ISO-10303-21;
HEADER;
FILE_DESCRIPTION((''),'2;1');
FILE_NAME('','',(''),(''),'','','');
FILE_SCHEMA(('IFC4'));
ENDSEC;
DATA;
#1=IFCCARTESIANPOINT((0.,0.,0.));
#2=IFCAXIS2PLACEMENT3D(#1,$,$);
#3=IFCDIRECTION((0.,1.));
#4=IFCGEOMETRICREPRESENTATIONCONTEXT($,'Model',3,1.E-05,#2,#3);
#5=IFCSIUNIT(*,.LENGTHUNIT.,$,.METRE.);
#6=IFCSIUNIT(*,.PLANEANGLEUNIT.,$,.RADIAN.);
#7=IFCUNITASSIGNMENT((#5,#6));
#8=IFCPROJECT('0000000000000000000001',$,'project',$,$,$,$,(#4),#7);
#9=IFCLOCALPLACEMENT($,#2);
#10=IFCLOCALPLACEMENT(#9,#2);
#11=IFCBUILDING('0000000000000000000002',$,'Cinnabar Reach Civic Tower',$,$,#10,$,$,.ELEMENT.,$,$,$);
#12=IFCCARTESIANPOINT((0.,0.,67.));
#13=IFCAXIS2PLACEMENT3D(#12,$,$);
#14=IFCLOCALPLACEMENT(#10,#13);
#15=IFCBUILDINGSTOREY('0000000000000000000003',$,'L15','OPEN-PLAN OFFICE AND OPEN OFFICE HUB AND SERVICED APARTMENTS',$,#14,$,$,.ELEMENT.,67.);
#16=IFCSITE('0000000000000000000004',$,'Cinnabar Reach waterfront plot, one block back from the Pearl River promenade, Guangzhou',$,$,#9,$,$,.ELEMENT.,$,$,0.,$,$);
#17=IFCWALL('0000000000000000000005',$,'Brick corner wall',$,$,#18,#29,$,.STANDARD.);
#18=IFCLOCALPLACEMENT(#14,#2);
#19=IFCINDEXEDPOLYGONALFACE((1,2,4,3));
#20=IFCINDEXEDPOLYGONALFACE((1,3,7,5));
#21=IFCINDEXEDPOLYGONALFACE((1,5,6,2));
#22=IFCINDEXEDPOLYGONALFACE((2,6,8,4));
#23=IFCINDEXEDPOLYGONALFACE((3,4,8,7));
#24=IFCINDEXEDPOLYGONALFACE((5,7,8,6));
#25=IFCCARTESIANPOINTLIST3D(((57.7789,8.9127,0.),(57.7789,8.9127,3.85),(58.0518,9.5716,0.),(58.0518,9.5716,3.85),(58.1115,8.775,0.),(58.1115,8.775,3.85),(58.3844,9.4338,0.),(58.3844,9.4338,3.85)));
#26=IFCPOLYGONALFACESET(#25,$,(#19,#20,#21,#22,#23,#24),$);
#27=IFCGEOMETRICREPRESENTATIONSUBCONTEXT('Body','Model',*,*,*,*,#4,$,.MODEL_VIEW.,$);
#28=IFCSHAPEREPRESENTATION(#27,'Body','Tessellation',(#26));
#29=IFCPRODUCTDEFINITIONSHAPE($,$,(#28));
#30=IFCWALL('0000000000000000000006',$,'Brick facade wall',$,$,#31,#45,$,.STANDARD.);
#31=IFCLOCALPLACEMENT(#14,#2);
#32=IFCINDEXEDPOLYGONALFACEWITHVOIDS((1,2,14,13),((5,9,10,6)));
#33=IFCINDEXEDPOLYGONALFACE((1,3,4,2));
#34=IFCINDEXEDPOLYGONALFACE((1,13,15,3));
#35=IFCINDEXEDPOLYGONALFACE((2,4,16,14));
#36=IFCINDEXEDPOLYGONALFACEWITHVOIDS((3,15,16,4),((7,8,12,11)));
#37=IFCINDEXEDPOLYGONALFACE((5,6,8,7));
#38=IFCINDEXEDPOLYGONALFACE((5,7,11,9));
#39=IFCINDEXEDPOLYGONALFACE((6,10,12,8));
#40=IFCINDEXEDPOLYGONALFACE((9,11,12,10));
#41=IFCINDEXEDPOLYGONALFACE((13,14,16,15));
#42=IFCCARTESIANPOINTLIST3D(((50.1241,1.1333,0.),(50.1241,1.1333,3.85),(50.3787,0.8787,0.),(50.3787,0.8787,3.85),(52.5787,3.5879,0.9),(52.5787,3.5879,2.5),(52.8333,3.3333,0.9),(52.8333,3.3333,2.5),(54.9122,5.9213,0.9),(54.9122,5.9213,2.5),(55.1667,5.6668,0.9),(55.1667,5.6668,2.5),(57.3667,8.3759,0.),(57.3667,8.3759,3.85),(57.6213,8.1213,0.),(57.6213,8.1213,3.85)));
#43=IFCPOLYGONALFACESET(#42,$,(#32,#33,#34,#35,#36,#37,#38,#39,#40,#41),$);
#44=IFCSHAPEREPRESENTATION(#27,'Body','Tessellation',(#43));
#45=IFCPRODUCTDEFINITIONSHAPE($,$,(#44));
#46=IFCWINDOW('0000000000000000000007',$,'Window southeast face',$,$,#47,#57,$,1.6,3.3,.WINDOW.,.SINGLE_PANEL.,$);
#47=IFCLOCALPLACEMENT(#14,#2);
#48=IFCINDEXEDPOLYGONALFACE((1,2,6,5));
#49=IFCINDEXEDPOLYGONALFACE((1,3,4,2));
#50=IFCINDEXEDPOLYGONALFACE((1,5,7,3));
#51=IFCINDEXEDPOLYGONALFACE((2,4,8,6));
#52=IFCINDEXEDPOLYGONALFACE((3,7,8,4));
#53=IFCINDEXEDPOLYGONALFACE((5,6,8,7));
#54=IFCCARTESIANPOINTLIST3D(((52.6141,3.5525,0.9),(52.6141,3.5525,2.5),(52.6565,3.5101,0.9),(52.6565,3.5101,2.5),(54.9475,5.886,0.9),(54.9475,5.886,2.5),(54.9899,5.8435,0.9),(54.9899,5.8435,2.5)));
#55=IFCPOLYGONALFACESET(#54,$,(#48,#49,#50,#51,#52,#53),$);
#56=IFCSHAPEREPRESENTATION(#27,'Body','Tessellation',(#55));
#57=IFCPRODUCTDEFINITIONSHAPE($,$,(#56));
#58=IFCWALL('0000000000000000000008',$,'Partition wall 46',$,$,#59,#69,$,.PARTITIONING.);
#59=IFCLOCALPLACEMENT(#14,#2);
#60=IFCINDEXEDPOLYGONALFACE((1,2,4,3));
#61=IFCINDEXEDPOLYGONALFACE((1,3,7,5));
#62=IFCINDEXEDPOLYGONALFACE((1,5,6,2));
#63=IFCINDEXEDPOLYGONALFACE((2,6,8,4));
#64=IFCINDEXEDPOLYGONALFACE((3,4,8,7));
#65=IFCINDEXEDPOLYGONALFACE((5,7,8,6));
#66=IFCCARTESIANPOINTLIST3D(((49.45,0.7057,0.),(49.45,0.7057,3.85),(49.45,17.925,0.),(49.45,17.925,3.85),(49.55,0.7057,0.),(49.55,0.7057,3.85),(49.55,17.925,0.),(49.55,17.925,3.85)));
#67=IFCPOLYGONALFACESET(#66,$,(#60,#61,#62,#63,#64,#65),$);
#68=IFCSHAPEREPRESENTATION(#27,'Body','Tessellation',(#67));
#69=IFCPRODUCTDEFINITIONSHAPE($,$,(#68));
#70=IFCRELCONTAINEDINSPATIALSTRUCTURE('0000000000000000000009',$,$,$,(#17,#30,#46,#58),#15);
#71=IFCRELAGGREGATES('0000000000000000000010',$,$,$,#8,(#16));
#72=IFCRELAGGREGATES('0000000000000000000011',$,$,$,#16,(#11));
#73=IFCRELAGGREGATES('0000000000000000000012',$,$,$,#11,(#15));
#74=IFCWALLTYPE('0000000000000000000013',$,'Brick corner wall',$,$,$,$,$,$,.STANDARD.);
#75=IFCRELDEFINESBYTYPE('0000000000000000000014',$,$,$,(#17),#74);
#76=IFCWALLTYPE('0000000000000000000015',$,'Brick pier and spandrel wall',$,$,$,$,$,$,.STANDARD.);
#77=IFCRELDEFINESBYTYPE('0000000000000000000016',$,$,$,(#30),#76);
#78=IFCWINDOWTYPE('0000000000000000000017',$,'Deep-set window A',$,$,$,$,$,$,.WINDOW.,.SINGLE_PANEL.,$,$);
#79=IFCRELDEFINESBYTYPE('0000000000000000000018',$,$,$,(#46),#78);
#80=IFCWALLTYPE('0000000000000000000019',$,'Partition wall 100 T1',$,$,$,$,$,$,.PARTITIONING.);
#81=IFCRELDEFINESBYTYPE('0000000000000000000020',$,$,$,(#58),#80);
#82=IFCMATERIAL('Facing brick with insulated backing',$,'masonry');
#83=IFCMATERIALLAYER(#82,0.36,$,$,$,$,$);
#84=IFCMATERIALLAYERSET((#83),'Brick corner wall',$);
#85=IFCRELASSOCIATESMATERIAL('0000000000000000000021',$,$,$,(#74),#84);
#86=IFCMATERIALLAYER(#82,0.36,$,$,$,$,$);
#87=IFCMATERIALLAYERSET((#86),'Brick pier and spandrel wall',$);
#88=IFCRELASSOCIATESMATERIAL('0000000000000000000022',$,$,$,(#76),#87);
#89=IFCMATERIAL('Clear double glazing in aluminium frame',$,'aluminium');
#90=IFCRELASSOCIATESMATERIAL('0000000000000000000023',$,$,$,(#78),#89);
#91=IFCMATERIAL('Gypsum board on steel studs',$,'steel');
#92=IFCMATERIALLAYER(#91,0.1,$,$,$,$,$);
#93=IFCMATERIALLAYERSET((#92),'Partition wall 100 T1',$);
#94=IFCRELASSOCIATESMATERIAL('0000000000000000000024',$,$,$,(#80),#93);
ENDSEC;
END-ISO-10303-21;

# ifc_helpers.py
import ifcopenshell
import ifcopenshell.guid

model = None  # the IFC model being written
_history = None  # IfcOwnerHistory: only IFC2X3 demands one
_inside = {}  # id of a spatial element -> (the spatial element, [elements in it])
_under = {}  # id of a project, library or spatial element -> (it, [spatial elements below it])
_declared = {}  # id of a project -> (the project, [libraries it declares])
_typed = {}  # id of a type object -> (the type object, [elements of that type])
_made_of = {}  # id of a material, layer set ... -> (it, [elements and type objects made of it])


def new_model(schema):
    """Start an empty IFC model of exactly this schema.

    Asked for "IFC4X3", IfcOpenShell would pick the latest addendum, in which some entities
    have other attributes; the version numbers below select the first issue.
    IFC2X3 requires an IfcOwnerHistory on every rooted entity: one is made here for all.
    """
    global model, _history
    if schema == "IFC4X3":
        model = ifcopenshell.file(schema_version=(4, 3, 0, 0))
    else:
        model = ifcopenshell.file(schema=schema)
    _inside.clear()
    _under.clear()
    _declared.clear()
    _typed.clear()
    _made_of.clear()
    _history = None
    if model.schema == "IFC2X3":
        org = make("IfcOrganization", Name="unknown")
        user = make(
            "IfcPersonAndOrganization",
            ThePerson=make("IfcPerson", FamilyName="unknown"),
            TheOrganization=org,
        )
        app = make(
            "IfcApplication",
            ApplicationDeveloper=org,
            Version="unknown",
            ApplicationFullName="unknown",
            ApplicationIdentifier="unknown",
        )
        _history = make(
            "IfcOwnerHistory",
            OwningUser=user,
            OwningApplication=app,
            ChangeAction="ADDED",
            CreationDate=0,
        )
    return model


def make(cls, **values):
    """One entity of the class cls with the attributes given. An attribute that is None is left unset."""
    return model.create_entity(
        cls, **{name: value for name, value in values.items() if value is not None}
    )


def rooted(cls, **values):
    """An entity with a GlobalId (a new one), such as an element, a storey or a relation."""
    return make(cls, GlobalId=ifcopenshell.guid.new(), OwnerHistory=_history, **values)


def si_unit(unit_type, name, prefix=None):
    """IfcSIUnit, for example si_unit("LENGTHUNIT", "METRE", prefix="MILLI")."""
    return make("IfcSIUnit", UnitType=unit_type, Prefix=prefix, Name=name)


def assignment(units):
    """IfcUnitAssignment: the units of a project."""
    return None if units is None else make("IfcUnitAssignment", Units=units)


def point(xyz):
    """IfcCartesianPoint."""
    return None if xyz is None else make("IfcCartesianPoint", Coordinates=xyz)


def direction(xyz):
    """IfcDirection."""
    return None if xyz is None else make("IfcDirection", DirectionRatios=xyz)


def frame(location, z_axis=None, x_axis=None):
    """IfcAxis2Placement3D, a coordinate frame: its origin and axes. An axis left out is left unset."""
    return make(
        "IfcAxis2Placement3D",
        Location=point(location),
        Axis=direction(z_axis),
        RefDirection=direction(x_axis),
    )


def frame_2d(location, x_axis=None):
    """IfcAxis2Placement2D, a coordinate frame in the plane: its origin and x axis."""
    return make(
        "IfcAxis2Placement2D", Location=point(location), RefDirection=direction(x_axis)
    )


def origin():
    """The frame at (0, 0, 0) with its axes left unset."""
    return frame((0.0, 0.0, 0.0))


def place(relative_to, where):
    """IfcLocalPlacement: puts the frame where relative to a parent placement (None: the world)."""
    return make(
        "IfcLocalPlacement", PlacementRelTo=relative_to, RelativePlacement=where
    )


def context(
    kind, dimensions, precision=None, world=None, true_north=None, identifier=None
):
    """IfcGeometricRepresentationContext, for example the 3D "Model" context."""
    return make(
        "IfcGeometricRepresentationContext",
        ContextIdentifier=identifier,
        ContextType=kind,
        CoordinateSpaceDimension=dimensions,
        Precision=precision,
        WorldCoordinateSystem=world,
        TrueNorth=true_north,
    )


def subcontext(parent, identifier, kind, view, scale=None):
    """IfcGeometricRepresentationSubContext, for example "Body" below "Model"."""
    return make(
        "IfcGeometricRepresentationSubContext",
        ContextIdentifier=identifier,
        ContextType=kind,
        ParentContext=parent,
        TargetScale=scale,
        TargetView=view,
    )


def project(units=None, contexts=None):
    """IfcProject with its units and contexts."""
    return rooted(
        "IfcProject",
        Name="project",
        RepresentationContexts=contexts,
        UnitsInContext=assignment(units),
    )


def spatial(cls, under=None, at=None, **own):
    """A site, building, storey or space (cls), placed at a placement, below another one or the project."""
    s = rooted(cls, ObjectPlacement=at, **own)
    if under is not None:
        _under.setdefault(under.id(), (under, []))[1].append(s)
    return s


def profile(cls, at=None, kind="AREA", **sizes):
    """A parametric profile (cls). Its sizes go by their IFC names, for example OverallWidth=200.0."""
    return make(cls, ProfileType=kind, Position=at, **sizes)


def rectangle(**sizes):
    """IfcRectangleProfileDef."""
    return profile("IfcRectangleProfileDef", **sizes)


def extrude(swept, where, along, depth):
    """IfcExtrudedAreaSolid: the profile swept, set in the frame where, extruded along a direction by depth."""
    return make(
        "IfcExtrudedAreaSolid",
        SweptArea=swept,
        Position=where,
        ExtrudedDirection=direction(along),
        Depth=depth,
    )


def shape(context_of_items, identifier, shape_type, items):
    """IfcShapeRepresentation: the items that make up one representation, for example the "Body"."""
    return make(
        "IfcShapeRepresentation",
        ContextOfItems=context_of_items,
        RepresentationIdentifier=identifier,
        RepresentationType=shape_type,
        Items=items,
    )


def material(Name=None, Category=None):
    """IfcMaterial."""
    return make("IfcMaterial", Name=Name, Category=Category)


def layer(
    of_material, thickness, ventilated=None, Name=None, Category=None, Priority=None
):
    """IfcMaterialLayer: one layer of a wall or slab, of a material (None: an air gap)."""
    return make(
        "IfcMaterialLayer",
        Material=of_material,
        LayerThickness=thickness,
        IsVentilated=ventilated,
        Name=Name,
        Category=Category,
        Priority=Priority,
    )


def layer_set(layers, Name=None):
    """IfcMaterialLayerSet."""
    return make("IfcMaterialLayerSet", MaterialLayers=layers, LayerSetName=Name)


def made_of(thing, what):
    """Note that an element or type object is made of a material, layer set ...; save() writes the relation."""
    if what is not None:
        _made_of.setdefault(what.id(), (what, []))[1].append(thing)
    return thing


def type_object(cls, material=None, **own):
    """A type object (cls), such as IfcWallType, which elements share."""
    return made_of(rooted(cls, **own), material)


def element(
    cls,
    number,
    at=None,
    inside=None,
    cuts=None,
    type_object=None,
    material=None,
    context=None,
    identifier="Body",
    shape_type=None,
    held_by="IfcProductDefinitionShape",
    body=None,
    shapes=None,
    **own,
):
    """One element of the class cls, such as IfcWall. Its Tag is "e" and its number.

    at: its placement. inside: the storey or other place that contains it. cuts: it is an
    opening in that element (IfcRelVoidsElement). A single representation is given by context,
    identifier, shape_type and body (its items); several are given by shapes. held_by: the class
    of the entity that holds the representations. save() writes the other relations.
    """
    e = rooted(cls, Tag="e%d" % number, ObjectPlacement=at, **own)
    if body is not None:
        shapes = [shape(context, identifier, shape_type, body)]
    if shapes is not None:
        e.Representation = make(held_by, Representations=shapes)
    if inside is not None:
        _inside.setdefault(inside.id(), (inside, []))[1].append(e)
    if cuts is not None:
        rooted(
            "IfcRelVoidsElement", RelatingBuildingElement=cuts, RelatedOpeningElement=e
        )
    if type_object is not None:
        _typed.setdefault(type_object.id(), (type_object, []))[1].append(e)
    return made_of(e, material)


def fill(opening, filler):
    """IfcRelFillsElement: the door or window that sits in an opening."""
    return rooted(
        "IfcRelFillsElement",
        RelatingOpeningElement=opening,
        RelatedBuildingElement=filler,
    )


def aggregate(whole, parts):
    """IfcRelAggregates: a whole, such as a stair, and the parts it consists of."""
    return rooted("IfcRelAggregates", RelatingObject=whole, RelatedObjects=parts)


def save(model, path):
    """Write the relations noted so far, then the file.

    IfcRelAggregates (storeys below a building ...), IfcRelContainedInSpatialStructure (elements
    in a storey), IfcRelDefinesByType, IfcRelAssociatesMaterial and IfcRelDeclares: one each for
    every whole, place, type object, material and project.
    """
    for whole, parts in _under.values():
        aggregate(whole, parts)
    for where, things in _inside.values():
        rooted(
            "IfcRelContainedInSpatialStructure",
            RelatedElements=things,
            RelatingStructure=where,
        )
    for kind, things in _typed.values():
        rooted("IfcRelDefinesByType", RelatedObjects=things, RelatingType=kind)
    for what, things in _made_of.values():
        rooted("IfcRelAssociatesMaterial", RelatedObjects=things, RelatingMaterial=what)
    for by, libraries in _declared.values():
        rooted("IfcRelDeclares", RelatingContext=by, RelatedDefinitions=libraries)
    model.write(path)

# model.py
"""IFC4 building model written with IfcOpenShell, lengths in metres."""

from ifc_helpers import new_model, si_unit, direction, frame, frame_2d, origin, place, context, subcontext, project, spatial, rectangle, extrude, material, layer, layer_set, type_object, element, fill, save


model = new_model("IFC4")

# Units and contexts
model_context = context("Model", 3, precision=1e-05, world=origin(), true_north=direction((0.0, 1.0)))
body_context = subcontext(model_context, "Body", "Model", "MODEL_VIEW")
ifc_project = project(units=[si_unit("LENGTHUNIT", "METRE"), si_unit("PLANEANGLEUNIT", "RADIAN")], contexts=[model_context])

# Site, building, storey
site_placement = place(None, origin())
site = spatial("IfcSite", under=ifc_project, at=site_placement, Name="Cinnabar Reach waterfront plot, one block back from the Pearl River promenade, Guangzhou", CompositionType="ELEMENT", RefElevation=0.0)
building_placement = place(site_placement, origin())
building = spatial("IfcBuilding", under=site, at=building_placement, Name="Cinnabar Reach Civic Tower", CompositionType="ELEMENT")
storey_placement = place(building_placement, frame((0.0, 0.0, 67.0)))
storey = spatial("IfcBuildingStorey", under=building, at=storey_placement, Name="L15", Description="OPEN-PLAN OFFICE AND OPEN OFFICE HUB AND SERVICED APARTMENTS", CompositionType="ELEMENT", Elevation=67.0)

# Wall
ifc_material_1 = material(Name="Facing brick with insulated backing", Category="masonry")
ifc_layer_1 = layer(ifc_material_1, 0.36)
ifc_layer_set_1 = layer_set([ifc_layer_1], Name="Brick corner wall")
wall_type_1 = type_object("IfcWallType", Name="Brick corner wall", PredefinedType="STANDARD", material=ifc_layer_set_1)
wall_1_placement = place(storey_placement, frame((57.9452, 8.8439, 0.0), z_axis=(0.0, 0.0, 1.0), x_axis=(0.382703, 0.923872, 0.0)))
element("IfcWall", 1, at=wall_1_placement, inside=storey, type_object=wall_type_1, Name="Brick corner wall", PredefinedType="STANDARD", context=body_context, shape_type="SweptSolid", body=[
    extrude(rectangle(XDim=0.7131, YDim=0.36, at=frame_2d((0.3565, 0.0))), origin(), (0.0, 0.0, 1.0), 3.85),
])

# Wall, opening, window
ifc_layer_2 = layer(ifc_material_1, 0.36)
ifc_layer_set_2 = layer_set([ifc_layer_2], Name="Brick pier and spandrel wall")
wall_type_2 = type_object("IfcWallType", Name="Brick pier and spandrel wall", PredefinedType="STANDARD", material=ifc_layer_set_2)
wall_2_placement = place(storey_placement, frame((50.2514, 1.006, 0.0), z_axis=(0.0, 0.0, 1.0), x_axis=(0.707107, 0.707107, 0.0)))
wall_2 = element("IfcWall", 2, at=wall_2_placement, inside=storey, type_object=wall_type_2, Name="Brick facade wall", PredefinedType="STANDARD", context=body_context, shape_type="SweptSolid", body=[
    extrude(rectangle(XDim=10.2426, YDim=0.36, at=frame_2d((5.1213, 0.0))), origin(), (0.0, 0.0, 1.0), 3.85),
])
opening_placement = place(wall_2_placement, frame((3.4713, 0.0, 0.9)))
opening = element("IfcOpeningElement", 3, at=opening_placement, cuts=wall_2, PredefinedType="OPENING", context=body_context, shape_type="SweptSolid", body=[
    extrude(rectangle(XDim=3.3, YDim=1.6, at=frame_2d((1.65, 0.8))), frame((0.0, 0.19, 0.0), z_axis=(0.0, -1.0, 0.0), x_axis=(1.0, 0.0, 0.0)), (0.0, 0.0, 1.0), 0.38),
])
ifc_material_2 = material(Name="Clear double glazing in aluminium frame", Category="aluminium")
window_type = type_object("IfcWindowType", Name="Deep-set window A", PartitioningType="SINGLE_PANEL", PredefinedType="WINDOW", material=ifc_material_2)
window_placement = place(opening_placement, origin())
window = element("IfcWindow", 4, at=window_placement, inside=storey, type_object=window_type, Name="Window southeast face", OverallHeight=1.6, OverallWidth=3.3, PartitioningType="SINGLE_PANEL", PredefinedType="WINDOW", context=body_context, shape_type="SweptSolid", body=[
    extrude(rectangle(XDim=3.3, YDim=1.6, at=frame_2d((1.65, 0.8))), frame((0.0, 0.13, 0.0), z_axis=(0.0, -1.0, 0.0), x_axis=(1.0, 0.0, 0.0)), (0.0, 0.0, 1.0), 0.06),
])
fill(opening, window)

# Wall
ifc_material_3 = material(Name="Gypsum board on steel studs", Category="steel")
ifc_layer_3 = layer(ifc_material_3, 0.1)
ifc_layer_set_3 = layer_set([ifc_layer_3], Name="Partition wall 100 T1")
wall_type_3 = type_object("IfcWallType", Name="Partition wall 100 T1", PredefinedType="PARTITIONING", material=ifc_layer_set_3)
wall_3_placement = place(storey_placement, frame((49.5, 0.7057, 0.0), z_axis=(0.0, 0.0, 1.0), x_axis=(0.0, 1.0, 0.0)))
element("IfcWall", 5, at=wall_3_placement, inside=storey, type_object=wall_type_3, Name="Partition wall 46", PredefinedType="PARTITIONING", context=body_context, shape_type="SweptSolid", body=[
    extrude(rectangle(XDim=17.2193, YDim=0.1, at=frame_2d((8.6097, 0.0))), origin(), (0.0, 0.0, 1.0), 3.85),
])

save(model, "model.ifc")
